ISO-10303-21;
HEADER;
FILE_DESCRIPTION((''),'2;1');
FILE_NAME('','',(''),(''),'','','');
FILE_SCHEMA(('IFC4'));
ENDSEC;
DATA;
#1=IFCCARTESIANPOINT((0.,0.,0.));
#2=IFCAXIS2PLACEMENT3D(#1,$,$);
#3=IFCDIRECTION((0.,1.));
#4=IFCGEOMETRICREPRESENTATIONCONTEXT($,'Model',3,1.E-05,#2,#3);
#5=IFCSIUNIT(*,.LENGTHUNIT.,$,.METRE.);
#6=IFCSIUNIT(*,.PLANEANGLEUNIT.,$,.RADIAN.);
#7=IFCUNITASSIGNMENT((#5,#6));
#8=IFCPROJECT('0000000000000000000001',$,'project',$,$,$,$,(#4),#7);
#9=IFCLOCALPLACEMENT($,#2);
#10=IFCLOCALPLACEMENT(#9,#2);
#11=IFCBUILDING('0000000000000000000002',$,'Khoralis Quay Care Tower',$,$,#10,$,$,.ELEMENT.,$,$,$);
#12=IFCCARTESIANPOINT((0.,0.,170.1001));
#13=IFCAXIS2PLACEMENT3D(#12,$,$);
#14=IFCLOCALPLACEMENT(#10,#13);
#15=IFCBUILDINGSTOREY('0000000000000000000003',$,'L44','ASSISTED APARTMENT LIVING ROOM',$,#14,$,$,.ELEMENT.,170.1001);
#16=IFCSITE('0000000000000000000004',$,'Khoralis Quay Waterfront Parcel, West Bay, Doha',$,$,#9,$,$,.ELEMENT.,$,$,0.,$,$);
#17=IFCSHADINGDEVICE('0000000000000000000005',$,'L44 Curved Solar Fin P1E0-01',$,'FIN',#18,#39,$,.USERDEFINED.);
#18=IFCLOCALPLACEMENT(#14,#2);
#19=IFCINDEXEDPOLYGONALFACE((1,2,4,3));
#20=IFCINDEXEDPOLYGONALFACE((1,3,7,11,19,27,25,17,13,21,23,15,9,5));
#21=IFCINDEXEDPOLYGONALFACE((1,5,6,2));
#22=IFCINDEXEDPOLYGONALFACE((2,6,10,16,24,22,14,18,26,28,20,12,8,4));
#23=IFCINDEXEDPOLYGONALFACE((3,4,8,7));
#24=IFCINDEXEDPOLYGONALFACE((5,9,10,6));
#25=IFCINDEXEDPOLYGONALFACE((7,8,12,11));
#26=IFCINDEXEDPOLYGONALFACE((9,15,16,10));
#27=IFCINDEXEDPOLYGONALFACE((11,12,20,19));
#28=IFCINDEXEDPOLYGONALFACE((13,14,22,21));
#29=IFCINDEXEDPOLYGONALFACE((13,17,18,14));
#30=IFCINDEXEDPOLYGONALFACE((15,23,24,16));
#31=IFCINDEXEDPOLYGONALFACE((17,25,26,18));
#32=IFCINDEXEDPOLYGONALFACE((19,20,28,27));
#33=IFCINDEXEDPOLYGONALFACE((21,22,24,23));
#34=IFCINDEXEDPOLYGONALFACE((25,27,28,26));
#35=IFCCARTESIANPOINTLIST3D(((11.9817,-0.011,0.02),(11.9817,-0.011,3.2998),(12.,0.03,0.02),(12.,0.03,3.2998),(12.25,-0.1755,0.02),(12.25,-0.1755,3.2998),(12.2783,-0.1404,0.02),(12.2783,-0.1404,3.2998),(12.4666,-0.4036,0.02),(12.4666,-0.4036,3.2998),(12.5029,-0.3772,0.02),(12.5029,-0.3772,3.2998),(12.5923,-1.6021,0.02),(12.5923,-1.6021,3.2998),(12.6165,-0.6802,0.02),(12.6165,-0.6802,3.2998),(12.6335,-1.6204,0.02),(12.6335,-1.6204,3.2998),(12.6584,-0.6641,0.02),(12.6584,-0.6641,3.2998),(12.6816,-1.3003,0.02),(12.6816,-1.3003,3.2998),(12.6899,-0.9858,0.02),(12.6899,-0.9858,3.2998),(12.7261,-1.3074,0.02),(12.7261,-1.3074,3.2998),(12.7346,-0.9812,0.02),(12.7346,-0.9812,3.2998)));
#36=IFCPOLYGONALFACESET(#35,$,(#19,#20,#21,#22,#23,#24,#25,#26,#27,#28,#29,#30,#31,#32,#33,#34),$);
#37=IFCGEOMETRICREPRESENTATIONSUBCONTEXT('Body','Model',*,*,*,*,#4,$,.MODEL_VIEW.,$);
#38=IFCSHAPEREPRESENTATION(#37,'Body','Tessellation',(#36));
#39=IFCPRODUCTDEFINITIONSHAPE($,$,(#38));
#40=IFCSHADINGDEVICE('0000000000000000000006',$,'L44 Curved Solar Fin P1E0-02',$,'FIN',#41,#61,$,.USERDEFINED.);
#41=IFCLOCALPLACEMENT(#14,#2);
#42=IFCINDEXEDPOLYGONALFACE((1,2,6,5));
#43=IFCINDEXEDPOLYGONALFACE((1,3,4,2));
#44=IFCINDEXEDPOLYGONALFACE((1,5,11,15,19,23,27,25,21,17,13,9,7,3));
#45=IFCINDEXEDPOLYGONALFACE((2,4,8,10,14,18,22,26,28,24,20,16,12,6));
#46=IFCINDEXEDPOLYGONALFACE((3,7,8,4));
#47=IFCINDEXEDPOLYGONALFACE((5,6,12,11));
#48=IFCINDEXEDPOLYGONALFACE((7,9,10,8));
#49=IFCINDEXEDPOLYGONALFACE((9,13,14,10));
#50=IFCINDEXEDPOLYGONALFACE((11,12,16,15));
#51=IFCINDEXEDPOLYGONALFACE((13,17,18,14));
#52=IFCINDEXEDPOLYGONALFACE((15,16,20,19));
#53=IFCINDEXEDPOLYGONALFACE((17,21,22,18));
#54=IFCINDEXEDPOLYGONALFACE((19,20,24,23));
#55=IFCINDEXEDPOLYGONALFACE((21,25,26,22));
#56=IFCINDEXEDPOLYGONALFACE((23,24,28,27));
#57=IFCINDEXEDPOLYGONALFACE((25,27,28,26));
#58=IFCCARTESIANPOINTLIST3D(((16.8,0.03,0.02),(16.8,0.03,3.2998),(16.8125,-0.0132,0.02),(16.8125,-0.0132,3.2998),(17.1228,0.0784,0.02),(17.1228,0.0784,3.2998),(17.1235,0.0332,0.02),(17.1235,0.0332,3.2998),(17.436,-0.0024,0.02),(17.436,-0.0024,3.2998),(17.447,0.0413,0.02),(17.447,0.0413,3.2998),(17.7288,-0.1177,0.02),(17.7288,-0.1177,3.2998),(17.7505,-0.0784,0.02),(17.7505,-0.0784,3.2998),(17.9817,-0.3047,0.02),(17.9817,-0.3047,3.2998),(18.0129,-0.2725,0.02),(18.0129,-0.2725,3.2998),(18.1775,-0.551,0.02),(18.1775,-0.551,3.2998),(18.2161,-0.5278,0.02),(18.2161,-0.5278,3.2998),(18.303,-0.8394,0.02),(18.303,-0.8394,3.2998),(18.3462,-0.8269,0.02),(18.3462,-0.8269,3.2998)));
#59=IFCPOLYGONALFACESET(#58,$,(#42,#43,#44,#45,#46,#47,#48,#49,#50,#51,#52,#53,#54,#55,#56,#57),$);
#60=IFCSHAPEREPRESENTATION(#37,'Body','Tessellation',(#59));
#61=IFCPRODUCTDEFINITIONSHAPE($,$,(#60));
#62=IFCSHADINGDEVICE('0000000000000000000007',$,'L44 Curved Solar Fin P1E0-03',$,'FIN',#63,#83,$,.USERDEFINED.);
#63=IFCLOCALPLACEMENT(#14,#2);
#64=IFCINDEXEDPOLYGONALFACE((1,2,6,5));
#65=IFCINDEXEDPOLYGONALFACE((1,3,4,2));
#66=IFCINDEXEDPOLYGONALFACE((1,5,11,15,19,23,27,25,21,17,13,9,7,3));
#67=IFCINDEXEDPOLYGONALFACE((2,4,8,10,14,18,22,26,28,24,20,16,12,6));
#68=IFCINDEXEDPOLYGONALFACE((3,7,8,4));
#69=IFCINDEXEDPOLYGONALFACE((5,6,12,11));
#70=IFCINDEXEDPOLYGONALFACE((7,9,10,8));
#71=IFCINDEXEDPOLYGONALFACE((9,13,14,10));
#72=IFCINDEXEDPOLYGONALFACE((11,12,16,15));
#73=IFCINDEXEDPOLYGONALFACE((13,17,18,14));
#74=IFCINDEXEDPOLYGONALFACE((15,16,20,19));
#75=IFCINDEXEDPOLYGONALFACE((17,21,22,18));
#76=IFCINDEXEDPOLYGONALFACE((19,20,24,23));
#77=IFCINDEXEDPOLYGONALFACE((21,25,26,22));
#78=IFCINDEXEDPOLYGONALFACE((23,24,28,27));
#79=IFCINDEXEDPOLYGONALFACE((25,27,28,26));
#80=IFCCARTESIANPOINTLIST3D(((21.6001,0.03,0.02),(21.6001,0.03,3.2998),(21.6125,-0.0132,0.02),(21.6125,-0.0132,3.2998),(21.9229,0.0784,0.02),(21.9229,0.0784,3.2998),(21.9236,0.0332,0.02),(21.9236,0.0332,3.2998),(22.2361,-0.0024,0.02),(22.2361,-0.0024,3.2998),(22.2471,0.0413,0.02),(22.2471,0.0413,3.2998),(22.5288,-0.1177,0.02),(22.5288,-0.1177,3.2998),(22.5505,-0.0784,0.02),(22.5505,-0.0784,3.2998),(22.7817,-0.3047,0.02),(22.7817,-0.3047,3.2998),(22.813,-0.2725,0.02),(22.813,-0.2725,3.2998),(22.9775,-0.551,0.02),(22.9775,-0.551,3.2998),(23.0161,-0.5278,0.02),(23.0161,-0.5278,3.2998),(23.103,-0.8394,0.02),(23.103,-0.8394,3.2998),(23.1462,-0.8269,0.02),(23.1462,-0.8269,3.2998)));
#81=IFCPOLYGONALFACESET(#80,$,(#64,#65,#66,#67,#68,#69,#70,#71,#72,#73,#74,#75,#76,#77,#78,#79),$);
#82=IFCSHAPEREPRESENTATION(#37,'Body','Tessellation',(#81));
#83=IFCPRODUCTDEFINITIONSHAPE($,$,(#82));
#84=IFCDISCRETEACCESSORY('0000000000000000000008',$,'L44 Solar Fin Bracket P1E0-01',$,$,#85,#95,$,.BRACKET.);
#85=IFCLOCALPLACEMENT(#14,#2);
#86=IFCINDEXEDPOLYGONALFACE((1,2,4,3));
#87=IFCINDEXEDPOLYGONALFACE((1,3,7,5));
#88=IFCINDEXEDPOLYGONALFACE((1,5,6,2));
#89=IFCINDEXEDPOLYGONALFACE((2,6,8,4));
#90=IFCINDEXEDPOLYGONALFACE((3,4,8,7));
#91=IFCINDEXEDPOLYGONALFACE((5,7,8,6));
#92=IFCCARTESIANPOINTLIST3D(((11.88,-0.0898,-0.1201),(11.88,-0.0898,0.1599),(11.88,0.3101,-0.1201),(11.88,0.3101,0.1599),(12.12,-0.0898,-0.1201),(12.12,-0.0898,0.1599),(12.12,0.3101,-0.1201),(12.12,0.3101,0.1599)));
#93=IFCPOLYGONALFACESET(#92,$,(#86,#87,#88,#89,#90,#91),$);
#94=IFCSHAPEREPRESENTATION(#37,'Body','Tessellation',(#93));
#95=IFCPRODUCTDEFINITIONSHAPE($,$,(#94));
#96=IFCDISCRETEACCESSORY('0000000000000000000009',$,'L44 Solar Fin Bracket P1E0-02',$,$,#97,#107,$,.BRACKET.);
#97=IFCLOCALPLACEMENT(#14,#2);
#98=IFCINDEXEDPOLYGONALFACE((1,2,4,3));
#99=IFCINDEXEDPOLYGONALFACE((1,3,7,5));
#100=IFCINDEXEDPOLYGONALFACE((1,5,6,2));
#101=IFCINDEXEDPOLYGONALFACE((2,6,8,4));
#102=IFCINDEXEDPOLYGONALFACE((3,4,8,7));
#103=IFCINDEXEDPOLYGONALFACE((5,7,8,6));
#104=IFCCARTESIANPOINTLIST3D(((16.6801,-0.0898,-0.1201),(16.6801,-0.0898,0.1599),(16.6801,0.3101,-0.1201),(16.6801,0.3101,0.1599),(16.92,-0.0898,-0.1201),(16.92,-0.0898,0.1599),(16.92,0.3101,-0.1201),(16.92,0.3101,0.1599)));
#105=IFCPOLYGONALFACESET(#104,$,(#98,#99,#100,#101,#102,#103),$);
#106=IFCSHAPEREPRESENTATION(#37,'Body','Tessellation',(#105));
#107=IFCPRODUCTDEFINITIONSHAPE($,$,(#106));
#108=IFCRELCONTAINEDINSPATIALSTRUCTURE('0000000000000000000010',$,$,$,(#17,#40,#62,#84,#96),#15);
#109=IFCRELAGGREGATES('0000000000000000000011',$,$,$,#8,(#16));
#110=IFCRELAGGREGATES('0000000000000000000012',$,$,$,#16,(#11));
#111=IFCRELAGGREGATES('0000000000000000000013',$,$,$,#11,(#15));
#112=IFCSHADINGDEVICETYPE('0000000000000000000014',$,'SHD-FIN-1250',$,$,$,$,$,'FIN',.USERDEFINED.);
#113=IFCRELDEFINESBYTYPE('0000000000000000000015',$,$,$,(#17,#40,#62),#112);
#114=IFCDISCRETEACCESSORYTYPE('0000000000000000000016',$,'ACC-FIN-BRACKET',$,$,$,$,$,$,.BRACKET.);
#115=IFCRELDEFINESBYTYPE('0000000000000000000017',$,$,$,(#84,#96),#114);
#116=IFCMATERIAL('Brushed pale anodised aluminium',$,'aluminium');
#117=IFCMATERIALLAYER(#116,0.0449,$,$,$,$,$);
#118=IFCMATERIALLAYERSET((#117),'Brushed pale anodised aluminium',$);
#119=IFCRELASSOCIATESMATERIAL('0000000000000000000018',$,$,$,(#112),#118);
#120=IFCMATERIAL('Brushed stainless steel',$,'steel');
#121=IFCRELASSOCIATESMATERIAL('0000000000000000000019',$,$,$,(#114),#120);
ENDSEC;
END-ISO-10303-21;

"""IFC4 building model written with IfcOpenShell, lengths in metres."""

from ifc_helpers import new_model, si_unit, direction, frame, origin, origin_2d, place, context, subcontext, project, spatial, polyline, rectangle, outline, extrude, source, transform, mapped, material, layer, layer_set, type_object, element, save


model = new_model("IFC4")

# Units and contexts
model_context = context("Model", 3, precision=1e-05, world=origin(), true_north=direction((0.0, 1.0)))
body_context = subcontext(model_context, "Body", "Model", "MODEL_VIEW")
ifc_project = project(units=[si_unit("LENGTHUNIT", "METRE"), si_unit("PLANEANGLEUNIT", "RADIAN")], contexts=[model_context])

# Site, building, storey
site_placement = place(None, origin())
site = spatial("IfcSite", under=ifc_project, at=site_placement, Name="Khoralis Quay Waterfront Parcel, West Bay, Doha", CompositionType="ELEMENT", RefElevation=0.0)
building_placement = place(site_placement, origin())
building = spatial("IfcBuilding", under=site, at=building_placement, Name="Khoralis Quay Care Tower", CompositionType="ELEMENT")
storey_placement = place(building_placement, frame((0.0, 0.0, 170.1001)))
storey = spatial("IfcBuildingStorey", under=building, at=storey_placement, Name="L44", Description="ASSISTED APARTMENT LIVING ROOM", CompositionType="ELEMENT", Elevation=170.1001)

# Shading devices
ifc_material_1 = material(Name="Brushed pale anodised aluminium", Category="aluminium")
ifc_layer_1 = layer(ifc_material_1, 0.0449)
ifc_layer_set_1 = layer_set([ifc_layer_1], Name="Brushed pale anodised aluminium")
shading_device_type = type_object("IfcShadingDeviceType", Name="SHD-FIN-1250", ElementType="FIN", PredefinedType="USERDEFINED", material=ifc_layer_set_1)
shared_shape_1 = source(origin(), body_context, "Body", "SweptSolid", [
    extrude(outline(polyline([(0.0, 0.0), (0.1704, 0.2783), (0.4072, 0.5029), (0.6941, 0.6584), (1.0112, 0.7346), (1.3374, 0.7261), (1.6504, 0.6335), (1.6321, 0.5923), (1.3303, 0.6816), (1.0159, 0.6899), (0.7102, 0.6165), (0.4336, 0.4666), (0.2056, 0.25), (0.041, -0.0183), (0.0, 0.0)])), origin(), (0.0, 0.0, 1.0), 3.2798),
])
shading_device_placement = place(storey_placement, frame((12.0, 0.03, 0.02), z_axis=(0.0, 0.0, 1.0), x_axis=(0.0, -1.0, 0.0)))
element("IfcShadingDevice", 1, at=shading_device_placement, inside=storey, type_object=shading_device_type, Name="L44 Curved Solar Fin P1E0-01", ObjectType="FIN", PredefinedType="USERDEFINED", context=body_context, shape_type="MappedRepresentation", body=[
    mapped(shared_shape_1, transform((0.0, 0.0, 0.0), scale=1.0)),
])
shared_shape_2 = source(origin(), body_context, "Body", "SweptSolid", [
    extrude(outline(polyline([(0.0, 0.0), (-0.0483, 0.3228), (-0.0112, 0.647), (0.1084, 0.9504), (0.3025, 1.2129), (0.5579, 1.416), (0.8569, 1.5461), (0.8694, 1.5029), (0.5811, 1.3774), (0.3347, 1.1816), (0.1477, 0.9287), (0.0325, 0.636), (-0.0032, 0.3235), (0.0432, 0.0125), (0.0, 0.0)])), origin(), (0.0, 0.0, 1.0), 3.2798),
])
for number, where, z_axis, x_axis, name in (
    (2, (16.8, 0.03, 0.02), (0.0, 0.0, 1.0), (0.0, -1.0, 0.0), "L44 Curved Solar Fin P1E0-02"),
    (3, (21.6001, 0.03, 0.02), (0.0, 0.0, 1.0), (0.0, -1.0, 0.0), "L44 Curved Solar Fin P1E0-03"),
):
    element("IfcShadingDevice", number, at=place(storey_placement, frame(where, z_axis=z_axis, x_axis=x_axis)), inside=storey, type_object=shading_device_type, Name=name, ObjectType="FIN", PredefinedType="USERDEFINED", context=body_context, shape_type="MappedRepresentation", body=[
        mapped(shared_shape_2, transform((0.0, 0.0, 0.0), scale=1.0)),
    ])

# Discrete accessories
ifc_material_2 = material(Name="Brushed stainless steel", Category="steel")
discrete_accessory_type = type_object("IfcDiscreteAccessoryType", Name="ACC-FIN-BRACKET", PredefinedType="BRACKET", material=ifc_material_2)
shared_shape_3 = source(origin(), body_context, "Body", "SweptSolid", [
    extrude(rectangle(XDim=0.3999, YDim=0.24, at=origin_2d()), origin(), (0.0, 0.0, 1.0), 0.28),
])
for number, where, z_axis, x_axis, name in (
    (4, (12.0, 0.1101, -0.1201), (0.0, 0.0, 1.0), (0.0, -1.0, 0.0), "L44 Solar Fin Bracket P1E0-01"),
    (5, (16.8, 0.1101, -0.1201), (0.0, 0.0, 1.0), (0.0, -1.0, 0.0), "L44 Solar Fin Bracket P1E0-02"),
):
    element("IfcDiscreteAccessory", number, at=place(storey_placement, frame(where, z_axis=z_axis, x_axis=x_axis)), inside=storey, type_object=discrete_accessory_type, Name=name, PredefinedType="BRACKET", context=body_context, shape_type="MappedRepresentation", body=[
        mapped(shared_shape_3, transform((0.0, 0.0, 0.0), scale=1.0)),
    ])

save(model, "model.ifc")
